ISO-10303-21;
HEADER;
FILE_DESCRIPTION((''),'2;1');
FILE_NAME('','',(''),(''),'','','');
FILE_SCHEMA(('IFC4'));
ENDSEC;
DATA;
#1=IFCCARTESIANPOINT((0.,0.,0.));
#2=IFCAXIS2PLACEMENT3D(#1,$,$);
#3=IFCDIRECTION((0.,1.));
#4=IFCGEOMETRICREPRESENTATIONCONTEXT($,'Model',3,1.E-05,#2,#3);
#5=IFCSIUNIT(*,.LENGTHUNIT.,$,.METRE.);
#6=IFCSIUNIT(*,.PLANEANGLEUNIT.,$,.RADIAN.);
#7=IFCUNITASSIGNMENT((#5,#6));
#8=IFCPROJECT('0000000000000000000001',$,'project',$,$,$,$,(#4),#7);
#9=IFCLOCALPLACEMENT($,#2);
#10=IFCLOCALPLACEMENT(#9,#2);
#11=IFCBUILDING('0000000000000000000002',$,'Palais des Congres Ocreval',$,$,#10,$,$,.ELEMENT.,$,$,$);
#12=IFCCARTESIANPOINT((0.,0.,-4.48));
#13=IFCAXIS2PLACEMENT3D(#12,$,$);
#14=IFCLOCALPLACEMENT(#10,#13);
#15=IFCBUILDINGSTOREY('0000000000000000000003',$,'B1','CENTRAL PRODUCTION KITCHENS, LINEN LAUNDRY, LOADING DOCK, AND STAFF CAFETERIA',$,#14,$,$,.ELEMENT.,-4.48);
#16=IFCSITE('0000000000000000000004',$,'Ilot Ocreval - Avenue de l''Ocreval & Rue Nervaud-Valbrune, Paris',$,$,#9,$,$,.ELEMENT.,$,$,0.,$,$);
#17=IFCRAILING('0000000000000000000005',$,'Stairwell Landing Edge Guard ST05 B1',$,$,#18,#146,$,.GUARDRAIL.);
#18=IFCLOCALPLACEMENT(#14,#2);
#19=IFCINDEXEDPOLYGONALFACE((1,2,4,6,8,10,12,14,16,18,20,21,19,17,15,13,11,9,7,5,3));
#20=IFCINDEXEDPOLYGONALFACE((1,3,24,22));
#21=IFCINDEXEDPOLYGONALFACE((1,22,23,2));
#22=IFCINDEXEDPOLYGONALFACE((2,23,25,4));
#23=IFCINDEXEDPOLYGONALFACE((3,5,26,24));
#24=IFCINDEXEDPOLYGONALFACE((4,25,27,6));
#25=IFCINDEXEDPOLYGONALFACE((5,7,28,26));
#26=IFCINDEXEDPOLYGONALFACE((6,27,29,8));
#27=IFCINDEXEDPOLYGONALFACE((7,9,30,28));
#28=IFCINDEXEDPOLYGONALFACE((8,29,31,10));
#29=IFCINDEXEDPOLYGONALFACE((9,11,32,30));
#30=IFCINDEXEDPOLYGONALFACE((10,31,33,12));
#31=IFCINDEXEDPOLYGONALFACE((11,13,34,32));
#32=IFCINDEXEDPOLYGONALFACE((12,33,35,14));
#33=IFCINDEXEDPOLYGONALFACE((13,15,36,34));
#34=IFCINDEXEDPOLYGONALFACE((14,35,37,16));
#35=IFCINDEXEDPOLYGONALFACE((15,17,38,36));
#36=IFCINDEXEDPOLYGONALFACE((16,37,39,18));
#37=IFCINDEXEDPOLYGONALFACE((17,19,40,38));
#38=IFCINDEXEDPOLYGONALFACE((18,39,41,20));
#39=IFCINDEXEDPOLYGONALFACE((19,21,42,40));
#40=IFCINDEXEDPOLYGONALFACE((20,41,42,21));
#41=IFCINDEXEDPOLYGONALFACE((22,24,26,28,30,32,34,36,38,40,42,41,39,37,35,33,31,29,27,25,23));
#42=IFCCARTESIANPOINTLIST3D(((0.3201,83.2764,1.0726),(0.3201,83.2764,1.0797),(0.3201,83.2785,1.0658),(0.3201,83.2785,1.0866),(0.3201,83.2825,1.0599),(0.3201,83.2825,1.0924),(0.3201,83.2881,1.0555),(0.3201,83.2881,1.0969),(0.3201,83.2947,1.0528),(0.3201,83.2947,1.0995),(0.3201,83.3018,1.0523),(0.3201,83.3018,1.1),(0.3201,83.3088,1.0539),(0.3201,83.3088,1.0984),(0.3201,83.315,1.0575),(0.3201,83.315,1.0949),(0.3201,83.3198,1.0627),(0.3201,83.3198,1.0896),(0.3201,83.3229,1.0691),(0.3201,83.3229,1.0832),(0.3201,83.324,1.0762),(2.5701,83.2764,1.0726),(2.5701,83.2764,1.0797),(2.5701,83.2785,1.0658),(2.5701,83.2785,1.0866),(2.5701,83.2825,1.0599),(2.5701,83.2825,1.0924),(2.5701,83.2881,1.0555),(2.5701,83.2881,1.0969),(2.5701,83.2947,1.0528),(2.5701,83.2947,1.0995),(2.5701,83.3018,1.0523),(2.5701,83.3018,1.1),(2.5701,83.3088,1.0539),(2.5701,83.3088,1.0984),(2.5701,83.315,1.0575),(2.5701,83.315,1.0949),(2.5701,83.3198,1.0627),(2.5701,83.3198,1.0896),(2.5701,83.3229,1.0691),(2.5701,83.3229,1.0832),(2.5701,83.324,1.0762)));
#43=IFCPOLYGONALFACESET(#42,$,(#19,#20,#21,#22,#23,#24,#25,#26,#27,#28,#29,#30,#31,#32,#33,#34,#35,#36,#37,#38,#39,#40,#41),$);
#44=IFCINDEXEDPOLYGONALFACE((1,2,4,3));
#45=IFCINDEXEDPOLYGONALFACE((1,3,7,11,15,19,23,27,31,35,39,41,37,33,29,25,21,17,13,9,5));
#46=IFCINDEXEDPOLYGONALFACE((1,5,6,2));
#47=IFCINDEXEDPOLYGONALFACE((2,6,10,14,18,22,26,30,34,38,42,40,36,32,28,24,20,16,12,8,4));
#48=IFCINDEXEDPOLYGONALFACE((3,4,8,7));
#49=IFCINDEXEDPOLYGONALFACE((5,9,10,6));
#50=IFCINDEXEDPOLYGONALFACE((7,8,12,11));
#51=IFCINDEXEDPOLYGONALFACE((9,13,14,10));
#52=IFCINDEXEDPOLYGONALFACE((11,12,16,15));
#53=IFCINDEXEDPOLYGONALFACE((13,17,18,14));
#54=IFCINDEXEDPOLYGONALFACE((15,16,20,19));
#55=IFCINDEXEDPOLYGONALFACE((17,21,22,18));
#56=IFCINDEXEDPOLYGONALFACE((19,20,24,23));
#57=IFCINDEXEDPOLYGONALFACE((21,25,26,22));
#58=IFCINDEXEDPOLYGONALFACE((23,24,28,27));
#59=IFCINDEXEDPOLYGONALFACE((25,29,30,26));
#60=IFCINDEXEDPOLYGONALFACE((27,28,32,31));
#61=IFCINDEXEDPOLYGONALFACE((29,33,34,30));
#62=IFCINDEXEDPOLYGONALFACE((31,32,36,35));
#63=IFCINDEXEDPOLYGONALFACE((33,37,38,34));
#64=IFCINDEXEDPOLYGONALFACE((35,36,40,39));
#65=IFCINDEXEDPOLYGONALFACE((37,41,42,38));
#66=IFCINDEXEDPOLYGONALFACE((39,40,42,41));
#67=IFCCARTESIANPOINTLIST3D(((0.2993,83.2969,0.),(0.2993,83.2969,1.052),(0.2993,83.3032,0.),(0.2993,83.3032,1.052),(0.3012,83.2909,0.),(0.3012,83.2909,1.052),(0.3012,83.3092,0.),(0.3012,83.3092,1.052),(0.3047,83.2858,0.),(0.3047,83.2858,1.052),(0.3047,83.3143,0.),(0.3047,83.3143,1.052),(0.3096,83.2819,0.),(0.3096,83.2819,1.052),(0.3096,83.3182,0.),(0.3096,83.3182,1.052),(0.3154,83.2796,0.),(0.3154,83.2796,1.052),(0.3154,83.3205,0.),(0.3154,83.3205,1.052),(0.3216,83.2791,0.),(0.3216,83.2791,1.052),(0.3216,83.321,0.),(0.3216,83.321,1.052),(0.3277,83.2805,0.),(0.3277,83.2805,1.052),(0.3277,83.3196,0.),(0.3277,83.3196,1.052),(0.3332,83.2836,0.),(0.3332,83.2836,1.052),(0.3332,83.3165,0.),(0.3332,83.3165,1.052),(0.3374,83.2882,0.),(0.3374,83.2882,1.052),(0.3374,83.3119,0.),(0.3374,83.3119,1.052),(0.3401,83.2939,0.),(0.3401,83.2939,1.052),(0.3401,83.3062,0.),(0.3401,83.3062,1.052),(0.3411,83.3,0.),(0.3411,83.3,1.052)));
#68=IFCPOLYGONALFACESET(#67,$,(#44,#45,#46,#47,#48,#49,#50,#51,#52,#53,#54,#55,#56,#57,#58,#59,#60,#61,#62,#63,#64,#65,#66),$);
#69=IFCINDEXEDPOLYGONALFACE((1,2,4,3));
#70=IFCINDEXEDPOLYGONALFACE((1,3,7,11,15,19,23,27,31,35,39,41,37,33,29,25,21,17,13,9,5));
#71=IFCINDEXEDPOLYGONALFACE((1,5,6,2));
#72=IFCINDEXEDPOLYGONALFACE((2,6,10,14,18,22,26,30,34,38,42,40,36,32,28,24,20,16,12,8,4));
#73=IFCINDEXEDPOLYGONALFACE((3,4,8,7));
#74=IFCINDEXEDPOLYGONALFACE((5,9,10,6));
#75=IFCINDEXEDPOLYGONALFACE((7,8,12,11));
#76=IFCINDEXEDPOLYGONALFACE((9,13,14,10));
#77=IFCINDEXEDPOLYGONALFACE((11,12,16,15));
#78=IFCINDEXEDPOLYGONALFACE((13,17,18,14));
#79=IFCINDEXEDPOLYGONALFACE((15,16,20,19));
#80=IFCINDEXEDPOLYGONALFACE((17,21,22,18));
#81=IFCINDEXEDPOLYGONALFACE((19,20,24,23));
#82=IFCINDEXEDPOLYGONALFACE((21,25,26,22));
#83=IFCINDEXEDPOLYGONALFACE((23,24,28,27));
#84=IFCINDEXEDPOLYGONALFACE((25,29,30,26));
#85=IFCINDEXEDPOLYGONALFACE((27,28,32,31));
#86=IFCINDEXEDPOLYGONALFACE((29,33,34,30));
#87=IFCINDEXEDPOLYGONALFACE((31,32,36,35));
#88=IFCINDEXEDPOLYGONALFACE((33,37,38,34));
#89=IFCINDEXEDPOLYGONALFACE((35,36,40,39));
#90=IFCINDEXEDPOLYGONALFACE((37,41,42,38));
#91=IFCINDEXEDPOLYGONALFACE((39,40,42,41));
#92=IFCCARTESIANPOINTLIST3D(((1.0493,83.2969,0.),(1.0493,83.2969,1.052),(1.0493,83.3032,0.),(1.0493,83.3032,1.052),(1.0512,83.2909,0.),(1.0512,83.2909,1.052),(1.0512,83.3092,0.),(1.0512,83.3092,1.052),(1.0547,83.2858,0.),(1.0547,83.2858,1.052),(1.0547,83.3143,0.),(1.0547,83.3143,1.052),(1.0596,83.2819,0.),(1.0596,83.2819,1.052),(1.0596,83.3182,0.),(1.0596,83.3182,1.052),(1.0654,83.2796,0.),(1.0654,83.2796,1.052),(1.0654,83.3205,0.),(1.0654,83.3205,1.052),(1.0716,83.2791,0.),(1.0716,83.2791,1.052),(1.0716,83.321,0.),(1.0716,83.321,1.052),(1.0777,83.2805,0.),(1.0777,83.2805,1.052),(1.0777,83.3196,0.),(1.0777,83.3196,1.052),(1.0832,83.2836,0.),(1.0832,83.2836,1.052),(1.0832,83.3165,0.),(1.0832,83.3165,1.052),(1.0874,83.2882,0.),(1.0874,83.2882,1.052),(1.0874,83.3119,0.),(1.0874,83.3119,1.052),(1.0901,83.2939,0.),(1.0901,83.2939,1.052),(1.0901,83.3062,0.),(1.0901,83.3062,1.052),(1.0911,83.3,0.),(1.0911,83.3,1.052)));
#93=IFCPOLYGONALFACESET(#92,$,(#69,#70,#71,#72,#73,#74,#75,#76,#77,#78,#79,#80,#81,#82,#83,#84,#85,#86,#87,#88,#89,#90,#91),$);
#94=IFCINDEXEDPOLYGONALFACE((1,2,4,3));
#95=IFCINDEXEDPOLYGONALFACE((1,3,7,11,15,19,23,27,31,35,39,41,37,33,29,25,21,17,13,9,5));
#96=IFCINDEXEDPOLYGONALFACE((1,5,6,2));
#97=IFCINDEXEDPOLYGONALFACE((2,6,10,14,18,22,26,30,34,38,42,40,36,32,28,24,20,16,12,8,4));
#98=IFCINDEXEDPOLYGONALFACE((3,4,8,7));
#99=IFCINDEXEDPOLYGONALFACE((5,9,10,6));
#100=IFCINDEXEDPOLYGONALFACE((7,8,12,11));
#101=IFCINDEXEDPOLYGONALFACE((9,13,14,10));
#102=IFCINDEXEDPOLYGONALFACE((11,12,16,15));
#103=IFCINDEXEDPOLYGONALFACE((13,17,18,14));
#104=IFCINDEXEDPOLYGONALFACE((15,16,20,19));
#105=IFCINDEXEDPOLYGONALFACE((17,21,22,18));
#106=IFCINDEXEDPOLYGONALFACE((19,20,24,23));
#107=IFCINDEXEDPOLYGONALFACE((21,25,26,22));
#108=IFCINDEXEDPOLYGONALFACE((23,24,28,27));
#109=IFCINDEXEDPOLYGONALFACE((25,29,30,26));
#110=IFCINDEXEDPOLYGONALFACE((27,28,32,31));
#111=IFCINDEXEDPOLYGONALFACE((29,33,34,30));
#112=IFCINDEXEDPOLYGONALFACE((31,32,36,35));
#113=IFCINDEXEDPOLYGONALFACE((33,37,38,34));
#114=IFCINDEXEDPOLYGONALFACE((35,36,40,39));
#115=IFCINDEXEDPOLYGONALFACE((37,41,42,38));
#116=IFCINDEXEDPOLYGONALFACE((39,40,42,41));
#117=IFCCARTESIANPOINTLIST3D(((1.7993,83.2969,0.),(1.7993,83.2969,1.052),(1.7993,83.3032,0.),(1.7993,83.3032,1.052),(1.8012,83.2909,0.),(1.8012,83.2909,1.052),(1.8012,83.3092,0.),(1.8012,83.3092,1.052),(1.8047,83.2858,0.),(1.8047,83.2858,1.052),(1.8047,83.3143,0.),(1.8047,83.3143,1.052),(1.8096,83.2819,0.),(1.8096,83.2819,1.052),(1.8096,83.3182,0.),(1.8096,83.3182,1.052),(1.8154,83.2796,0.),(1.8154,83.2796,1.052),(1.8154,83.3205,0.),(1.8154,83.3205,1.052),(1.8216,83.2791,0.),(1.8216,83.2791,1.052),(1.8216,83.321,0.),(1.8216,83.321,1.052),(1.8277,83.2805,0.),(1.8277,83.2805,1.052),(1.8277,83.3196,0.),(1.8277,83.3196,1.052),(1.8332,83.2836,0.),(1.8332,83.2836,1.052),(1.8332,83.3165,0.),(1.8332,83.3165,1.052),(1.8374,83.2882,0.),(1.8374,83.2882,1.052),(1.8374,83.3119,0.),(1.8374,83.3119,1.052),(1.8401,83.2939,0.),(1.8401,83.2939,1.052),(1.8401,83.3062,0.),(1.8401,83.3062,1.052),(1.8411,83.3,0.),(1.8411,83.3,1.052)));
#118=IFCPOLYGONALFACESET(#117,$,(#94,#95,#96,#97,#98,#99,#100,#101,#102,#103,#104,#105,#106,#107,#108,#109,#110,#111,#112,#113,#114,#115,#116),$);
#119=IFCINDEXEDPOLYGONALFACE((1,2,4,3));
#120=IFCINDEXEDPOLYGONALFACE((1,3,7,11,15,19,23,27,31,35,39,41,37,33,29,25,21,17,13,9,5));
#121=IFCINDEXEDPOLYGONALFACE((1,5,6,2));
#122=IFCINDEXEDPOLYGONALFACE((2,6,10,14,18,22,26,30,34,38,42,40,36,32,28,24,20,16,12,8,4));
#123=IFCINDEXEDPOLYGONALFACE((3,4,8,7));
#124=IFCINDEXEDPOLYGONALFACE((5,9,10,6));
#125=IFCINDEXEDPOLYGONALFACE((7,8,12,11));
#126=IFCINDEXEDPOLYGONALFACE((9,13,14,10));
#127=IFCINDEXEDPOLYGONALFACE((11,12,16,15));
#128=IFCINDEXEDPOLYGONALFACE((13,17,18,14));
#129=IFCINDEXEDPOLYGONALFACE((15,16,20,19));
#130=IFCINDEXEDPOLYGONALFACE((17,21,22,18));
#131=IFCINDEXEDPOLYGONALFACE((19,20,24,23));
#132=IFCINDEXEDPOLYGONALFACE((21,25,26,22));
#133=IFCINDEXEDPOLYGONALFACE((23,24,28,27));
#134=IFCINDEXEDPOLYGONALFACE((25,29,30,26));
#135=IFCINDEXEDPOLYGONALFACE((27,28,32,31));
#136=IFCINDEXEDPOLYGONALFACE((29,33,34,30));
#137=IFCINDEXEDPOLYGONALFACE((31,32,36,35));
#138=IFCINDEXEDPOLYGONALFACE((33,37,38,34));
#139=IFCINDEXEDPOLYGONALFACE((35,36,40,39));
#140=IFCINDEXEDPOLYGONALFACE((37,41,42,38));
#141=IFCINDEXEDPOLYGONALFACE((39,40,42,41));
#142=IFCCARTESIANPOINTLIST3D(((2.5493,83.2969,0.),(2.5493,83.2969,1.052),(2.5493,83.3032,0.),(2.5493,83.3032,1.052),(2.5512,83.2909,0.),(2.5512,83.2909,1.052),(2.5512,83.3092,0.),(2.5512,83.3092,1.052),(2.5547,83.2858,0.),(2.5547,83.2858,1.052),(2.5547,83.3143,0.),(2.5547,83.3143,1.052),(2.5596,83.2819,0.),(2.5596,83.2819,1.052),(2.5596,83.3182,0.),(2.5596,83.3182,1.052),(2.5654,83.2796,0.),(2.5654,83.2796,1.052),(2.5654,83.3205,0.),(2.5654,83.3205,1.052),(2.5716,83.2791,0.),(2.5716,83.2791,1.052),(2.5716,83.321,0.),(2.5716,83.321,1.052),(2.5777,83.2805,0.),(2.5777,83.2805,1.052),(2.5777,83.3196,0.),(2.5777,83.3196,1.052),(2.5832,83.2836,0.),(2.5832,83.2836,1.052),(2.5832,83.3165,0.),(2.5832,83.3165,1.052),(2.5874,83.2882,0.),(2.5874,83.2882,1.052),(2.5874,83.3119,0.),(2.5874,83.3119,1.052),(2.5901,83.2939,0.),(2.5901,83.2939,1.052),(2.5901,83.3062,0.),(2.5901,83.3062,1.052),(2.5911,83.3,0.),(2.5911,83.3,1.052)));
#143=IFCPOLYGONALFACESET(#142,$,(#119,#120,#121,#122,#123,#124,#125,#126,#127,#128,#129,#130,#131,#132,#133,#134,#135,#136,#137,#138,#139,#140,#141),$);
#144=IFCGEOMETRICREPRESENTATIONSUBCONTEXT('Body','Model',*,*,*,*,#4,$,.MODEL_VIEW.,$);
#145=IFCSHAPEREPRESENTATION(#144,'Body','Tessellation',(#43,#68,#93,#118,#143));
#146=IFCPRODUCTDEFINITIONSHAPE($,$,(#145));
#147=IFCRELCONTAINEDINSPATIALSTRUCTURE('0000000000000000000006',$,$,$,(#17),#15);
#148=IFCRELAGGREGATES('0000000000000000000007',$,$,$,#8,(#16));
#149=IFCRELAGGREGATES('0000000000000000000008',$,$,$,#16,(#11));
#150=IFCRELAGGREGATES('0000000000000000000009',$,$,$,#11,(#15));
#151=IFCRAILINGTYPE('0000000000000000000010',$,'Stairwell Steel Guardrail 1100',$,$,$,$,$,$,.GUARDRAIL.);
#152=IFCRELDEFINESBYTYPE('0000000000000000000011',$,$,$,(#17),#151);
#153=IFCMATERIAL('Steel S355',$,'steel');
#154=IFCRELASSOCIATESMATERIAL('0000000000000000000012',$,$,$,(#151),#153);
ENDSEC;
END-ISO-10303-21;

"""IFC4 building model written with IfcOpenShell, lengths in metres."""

from ifc_helpers import new_model, si_unit, direction, frame, origin, origin_2d, place, context, subcontext, project, spatial, circle, extrude, material, type_object, element, save


model = new_model("IFC4")

# Units and contexts
model_context = context("Model", 3, precision=1e-05, world=origin(), true_north=direction((0.0, 1.0)))
body_context = subcontext(model_context, "Body", "Model", "MODEL_VIEW")
ifc_project = project(units=[si_unit("LENGTHUNIT", "METRE"), si_unit("PLANEANGLEUNIT", "RADIAN")], contexts=[model_context])

# Site, building, storey
site_placement = place(None, origin())
site = spatial("IfcSite", under=ifc_project, at=site_placement, Name="Ilot Ocreval - Avenue de l'Ocreval & Rue Nervaud-Valbrune, Paris", CompositionType="ELEMENT", RefElevation=0.0)
building_placement = place(site_placement, origin())
building = spatial("IfcBuilding", under=site, at=building_placement, Name="Palais des Congres Ocreval", CompositionType="ELEMENT")
storey_placement = place(building_placement, frame((0.0, 0.0, -4.48)))
storey = spatial("IfcBuildingStorey", under=building, at=storey_placement, Name="B1", Description="CENTRAL PRODUCTION KITCHENS, LINEN LAUNDRY, LOADING DOCK, AND STAFF CAFETERIA", CompositionType="ELEMENT", Elevation=-4.48)

# Shared definitions
ifc_material_1 = material(Name="Steel S355", Category="steel")

# Railing
railing_type_1 = type_object("IfcRailingType", Name="Stairwell Steel Guardrail 1100", PredefinedType="GUARDRAIL", material=ifc_material_1)
railing_1_placement = place(storey_placement, frame((0.3201, 83.3, 0.0)))
element("IfcRailing", 1, at=railing_1_placement, inside=storey, type_object=railing_type_1, Name="Stairwell Landing Edge Guard ST05 B1", PredefinedType="GUARDRAIL", context=body_context, shape_type="SweptSolid", body=[
    extrude(circle(Radius=0.0239, at=origin_2d()), frame((0.0, 0.0, 1.0762), z_axis=(1.0, 0.0, 0.0), x_axis=(0.0, 1.0, 0.0)), (0.0, 0.0, 1.0), 2.25),
    extrude(circle(Radius=0.021, at=origin_2d()), origin(), (0.0, 0.0, 1.0), 1.052),
    extrude(circle(Radius=0.021, at=origin_2d()), frame((0.75, 0.0, 0.0)), (0.0, 0.0, 1.0), 1.052),
    extrude(circle(Radius=0.021, at=origin_2d()), frame((1.5, 0.0, 0.0)), (0.0, 0.0, 1.0), 1.052),
    extrude(circle(Radius=0.021, at=origin_2d()), frame((2.25, 0.0, 0.0)), (0.0, 0.0, 1.0), 1.052),
])

save(model, "model.ifc")
